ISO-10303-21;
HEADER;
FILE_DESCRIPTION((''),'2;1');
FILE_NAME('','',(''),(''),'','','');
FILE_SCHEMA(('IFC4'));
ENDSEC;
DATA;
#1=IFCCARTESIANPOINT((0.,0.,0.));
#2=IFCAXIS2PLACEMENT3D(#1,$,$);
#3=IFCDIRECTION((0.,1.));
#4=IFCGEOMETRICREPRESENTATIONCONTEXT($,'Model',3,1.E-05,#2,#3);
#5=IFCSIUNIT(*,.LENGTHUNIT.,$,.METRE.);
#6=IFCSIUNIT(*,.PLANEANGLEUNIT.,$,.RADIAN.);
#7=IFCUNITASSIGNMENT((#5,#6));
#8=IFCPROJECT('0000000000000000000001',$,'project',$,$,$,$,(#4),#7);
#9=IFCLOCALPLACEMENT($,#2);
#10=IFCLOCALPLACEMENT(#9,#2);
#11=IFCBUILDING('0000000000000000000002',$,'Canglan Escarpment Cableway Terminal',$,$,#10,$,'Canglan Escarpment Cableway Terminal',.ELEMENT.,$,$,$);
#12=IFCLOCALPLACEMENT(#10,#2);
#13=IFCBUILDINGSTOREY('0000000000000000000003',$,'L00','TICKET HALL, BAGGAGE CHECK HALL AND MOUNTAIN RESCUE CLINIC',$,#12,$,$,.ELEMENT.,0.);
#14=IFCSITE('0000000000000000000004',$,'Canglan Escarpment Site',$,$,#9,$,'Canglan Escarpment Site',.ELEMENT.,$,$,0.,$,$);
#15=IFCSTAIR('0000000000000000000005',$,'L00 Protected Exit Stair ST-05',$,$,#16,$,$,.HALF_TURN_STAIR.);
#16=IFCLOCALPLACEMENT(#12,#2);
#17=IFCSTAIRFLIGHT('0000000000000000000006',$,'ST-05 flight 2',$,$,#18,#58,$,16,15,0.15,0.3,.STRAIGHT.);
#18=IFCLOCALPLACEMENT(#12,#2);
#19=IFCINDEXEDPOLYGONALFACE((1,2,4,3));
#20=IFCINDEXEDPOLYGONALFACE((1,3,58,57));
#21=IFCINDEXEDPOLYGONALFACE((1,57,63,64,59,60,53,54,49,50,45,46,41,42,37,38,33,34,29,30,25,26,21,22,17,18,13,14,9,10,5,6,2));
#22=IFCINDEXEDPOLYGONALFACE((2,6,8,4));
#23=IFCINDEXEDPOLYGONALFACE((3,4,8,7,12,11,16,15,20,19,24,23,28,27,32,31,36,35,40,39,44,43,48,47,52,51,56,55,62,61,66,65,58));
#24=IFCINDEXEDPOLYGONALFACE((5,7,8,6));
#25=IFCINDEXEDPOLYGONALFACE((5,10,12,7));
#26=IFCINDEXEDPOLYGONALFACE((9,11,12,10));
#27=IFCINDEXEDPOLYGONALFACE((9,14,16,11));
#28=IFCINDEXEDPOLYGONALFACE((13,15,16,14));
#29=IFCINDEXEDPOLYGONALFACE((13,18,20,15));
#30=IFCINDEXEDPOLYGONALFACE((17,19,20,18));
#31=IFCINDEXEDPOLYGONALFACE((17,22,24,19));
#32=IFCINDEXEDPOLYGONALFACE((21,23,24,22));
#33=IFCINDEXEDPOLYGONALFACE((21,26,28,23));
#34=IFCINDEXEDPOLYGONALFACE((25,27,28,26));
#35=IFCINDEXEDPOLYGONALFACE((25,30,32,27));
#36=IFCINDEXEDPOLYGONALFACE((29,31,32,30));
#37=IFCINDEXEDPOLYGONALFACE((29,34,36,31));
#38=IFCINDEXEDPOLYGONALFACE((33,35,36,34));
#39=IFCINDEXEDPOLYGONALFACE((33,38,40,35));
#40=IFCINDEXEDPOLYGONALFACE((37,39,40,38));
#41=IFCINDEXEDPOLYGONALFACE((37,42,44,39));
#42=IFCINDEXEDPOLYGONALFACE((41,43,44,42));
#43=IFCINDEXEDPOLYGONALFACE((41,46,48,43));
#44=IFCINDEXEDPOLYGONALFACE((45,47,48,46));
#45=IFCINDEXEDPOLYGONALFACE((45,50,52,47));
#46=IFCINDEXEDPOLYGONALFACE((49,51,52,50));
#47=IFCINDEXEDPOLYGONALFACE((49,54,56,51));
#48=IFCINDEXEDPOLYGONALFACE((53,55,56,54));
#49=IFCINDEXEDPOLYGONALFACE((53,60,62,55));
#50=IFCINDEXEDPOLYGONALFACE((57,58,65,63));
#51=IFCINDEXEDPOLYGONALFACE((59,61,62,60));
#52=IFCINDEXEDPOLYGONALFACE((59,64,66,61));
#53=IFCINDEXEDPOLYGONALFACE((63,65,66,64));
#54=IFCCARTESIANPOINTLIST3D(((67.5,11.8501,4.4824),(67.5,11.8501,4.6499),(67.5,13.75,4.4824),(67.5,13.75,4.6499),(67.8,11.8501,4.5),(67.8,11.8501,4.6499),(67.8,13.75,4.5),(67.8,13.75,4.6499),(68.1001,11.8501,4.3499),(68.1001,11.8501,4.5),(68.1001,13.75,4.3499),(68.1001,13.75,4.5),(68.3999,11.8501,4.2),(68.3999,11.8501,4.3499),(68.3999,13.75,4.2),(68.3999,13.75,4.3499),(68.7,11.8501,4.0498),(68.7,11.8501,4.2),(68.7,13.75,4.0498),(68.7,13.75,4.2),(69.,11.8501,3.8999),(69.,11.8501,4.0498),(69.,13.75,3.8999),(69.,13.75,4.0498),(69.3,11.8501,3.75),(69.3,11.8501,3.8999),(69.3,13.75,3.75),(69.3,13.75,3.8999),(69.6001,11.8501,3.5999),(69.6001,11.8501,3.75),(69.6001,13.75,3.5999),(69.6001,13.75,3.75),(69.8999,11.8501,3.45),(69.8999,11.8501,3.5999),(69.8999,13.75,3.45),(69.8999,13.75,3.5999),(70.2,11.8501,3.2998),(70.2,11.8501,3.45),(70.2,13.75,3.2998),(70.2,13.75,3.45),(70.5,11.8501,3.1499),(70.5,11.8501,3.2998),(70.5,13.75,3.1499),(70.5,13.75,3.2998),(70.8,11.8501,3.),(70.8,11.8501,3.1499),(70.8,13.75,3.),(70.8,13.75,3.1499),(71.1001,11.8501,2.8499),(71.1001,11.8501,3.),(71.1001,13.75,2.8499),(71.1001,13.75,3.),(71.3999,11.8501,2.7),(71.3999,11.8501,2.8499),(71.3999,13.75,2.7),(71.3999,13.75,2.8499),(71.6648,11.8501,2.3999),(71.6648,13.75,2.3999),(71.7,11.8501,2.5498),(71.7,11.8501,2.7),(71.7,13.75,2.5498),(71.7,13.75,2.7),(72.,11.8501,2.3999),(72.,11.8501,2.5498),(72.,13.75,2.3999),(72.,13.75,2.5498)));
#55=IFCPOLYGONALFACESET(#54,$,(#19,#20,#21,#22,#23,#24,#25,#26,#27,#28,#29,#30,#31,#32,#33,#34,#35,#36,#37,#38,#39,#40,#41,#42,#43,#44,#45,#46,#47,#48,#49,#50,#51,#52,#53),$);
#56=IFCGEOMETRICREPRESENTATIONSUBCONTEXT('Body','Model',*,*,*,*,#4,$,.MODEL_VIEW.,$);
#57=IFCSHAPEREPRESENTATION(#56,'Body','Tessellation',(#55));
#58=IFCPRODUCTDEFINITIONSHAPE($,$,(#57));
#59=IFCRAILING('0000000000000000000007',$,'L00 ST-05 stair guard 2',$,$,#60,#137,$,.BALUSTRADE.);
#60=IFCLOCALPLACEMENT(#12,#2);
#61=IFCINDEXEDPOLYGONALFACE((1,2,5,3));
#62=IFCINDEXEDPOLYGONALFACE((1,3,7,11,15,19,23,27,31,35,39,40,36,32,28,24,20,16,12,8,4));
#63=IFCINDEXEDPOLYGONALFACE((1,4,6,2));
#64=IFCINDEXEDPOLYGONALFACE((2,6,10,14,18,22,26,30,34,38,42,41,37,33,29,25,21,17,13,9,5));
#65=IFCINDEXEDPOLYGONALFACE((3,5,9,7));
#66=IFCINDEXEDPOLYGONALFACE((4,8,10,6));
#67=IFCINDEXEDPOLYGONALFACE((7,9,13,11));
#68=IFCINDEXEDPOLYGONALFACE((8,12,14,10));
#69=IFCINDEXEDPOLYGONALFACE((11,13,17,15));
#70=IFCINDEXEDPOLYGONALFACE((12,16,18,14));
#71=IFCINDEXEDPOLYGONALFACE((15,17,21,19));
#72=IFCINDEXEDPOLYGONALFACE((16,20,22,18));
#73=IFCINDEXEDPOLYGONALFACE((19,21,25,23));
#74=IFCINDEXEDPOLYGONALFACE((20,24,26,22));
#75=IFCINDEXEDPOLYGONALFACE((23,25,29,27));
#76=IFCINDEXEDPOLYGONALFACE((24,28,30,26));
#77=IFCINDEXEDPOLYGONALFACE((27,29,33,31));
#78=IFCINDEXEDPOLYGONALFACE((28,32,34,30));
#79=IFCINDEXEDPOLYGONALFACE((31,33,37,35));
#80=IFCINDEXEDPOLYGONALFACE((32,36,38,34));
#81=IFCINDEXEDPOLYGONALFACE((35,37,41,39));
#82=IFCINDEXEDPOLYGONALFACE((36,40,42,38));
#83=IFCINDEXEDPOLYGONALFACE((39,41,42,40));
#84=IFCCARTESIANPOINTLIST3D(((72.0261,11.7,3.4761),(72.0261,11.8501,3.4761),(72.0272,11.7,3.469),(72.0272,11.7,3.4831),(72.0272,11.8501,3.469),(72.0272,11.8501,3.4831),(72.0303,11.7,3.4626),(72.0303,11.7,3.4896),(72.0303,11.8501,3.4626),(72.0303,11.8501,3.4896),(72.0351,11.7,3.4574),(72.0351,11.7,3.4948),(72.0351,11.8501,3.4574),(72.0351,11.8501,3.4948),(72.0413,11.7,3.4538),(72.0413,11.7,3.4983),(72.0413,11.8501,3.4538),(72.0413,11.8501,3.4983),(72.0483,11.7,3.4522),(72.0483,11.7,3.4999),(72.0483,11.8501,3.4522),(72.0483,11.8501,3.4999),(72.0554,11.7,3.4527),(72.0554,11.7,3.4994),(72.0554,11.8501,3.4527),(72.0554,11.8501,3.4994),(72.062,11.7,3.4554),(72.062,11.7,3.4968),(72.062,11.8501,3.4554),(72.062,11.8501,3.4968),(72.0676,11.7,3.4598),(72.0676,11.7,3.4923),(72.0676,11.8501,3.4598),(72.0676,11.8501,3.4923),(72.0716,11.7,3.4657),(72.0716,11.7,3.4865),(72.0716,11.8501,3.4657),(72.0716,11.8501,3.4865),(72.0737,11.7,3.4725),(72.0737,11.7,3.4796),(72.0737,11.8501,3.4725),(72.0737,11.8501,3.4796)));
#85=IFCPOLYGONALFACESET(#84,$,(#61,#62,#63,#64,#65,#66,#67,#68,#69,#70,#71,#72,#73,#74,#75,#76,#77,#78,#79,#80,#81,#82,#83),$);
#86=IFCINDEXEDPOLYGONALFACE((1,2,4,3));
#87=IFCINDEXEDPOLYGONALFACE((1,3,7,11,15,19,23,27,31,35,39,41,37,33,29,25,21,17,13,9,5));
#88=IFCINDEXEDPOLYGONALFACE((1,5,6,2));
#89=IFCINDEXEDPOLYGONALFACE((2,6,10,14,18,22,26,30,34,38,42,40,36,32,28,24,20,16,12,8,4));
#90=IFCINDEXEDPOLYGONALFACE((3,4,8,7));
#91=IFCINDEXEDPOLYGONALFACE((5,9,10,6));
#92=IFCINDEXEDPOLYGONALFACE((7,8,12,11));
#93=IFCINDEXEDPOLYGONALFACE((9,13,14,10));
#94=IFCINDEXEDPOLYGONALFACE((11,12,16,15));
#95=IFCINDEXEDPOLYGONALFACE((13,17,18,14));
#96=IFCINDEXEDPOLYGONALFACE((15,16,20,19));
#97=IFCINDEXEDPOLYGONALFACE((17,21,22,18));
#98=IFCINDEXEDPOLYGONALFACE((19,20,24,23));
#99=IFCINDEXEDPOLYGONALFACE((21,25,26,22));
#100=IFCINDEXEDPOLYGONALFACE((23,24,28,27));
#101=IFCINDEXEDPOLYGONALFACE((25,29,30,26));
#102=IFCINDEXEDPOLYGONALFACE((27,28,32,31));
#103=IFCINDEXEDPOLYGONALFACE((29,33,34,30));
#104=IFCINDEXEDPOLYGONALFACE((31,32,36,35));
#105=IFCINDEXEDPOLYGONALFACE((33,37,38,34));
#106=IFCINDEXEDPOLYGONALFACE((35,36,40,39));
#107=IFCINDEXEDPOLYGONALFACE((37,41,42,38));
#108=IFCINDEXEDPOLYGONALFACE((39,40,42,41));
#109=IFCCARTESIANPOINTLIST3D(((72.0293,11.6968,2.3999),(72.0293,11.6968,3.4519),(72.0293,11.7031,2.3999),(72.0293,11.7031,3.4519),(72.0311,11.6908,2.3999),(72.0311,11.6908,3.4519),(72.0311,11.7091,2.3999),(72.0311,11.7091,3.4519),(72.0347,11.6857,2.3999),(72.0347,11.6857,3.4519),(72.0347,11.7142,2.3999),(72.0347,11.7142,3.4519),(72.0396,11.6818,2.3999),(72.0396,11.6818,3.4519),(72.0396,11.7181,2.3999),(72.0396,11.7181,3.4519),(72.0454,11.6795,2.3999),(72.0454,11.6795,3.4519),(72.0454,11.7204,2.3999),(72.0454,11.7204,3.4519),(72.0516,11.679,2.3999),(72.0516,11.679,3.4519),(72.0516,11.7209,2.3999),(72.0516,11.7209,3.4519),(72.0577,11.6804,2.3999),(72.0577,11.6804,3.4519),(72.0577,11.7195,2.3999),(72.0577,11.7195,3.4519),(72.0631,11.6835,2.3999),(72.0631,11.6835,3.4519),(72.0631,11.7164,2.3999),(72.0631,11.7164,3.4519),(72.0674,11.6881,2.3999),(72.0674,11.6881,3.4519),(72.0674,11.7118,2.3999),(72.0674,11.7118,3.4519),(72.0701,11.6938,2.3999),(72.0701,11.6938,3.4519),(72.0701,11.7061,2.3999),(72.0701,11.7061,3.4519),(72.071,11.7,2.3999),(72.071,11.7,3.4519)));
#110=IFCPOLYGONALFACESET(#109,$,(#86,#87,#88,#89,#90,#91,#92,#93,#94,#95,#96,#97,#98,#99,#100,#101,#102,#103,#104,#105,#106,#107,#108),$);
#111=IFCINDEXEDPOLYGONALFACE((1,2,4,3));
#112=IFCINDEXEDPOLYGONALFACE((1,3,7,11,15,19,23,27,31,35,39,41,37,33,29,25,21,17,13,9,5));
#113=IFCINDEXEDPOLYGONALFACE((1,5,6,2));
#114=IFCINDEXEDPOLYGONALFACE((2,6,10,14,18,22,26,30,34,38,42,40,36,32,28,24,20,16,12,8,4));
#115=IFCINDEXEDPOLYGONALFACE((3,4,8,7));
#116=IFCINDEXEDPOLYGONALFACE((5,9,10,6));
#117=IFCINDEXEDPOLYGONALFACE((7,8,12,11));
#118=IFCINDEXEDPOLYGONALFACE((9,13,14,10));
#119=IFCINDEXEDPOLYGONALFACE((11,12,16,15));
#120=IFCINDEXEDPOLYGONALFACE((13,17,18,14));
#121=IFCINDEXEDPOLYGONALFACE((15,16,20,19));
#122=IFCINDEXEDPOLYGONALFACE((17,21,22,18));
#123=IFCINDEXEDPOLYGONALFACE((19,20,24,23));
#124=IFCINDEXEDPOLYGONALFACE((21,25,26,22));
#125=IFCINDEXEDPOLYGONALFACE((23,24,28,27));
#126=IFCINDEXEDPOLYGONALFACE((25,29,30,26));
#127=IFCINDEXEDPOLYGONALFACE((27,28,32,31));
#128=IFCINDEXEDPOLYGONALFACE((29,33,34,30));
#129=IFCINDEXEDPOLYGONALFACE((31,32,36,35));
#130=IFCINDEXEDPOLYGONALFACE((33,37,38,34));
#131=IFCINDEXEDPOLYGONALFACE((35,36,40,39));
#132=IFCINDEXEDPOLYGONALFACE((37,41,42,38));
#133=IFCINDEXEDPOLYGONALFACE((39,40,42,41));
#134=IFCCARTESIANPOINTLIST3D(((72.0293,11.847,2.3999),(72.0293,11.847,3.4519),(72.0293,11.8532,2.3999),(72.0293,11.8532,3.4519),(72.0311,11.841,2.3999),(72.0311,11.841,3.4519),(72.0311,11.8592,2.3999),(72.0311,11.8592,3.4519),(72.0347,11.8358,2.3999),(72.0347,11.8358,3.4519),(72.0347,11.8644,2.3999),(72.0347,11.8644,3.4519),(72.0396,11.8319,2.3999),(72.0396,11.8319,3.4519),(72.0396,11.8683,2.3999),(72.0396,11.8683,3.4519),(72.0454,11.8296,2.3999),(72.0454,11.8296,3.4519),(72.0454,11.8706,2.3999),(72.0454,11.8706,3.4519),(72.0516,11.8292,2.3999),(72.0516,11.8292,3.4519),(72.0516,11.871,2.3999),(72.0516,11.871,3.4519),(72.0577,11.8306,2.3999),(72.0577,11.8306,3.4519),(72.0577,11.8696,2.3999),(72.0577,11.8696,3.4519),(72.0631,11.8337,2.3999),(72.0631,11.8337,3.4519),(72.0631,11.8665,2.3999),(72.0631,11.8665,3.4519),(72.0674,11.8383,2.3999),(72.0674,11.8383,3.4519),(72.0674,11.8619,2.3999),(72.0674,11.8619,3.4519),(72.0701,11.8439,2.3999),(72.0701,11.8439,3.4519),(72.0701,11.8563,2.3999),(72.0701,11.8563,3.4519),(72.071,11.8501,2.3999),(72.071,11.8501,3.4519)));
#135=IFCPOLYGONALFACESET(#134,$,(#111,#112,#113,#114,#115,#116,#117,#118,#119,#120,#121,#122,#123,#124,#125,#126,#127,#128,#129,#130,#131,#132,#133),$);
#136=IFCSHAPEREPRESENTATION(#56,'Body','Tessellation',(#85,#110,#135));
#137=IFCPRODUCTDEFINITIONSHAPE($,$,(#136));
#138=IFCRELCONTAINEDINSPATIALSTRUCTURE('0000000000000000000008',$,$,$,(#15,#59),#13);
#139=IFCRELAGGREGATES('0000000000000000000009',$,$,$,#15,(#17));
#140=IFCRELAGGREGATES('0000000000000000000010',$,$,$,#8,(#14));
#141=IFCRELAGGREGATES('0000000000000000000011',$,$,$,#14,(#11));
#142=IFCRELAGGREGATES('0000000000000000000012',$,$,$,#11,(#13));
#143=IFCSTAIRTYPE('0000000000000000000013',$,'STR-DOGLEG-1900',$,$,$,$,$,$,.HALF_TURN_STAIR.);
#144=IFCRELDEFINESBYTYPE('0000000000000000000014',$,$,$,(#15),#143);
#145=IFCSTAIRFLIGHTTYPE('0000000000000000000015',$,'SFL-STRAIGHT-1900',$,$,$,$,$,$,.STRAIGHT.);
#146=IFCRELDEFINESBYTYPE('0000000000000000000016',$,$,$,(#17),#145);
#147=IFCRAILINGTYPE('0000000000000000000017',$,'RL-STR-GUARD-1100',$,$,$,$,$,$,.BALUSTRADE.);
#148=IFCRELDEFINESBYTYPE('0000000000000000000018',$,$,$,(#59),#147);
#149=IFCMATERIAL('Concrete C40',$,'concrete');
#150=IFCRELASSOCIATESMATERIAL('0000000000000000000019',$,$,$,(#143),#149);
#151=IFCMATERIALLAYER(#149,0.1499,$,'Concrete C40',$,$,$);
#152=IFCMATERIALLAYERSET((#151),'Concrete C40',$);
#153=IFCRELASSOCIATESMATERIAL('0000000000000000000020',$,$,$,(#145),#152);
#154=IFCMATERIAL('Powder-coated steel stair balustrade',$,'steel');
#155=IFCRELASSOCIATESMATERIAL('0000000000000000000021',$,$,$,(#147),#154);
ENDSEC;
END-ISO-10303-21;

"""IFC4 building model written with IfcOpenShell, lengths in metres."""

from ifc_helpers import new_model, si_unit, direction, frame, origin, origin_2d, place, context, subcontext, project, spatial, polyline, circle, outline, extrude, material, layer, layer_set, type_object, element, aggregate, save


model = new_model("IFC4")

# Units and contexts
model_context = context("Model", 3, precision=1e-05, world=origin(), true_north=direction((0.0, 1.0)))
body_context = subcontext(model_context, "Body", "Model", "MODEL_VIEW")
ifc_project = project(units=[si_unit("LENGTHUNIT", "METRE"), si_unit("PLANEANGLEUNIT", "RADIAN")], contexts=[model_context])

# Site, building, storey
site_placement = place(None, origin())
site = spatial("IfcSite", under=ifc_project, at=site_placement, Name="Canglan Escarpment Site", LongName="Canglan Escarpment Site", CompositionType="ELEMENT", RefElevation=0.0)
building_placement = place(site_placement, origin())
building = spatial("IfcBuilding", under=site, at=building_placement, Name="Canglan Escarpment Cableway Terminal", LongName="Canglan Escarpment Cableway Terminal", CompositionType="ELEMENT")
storey_placement = place(building_placement, origin())
storey = spatial("IfcBuildingStorey", under=building, at=storey_placement, Name="L00", Description="TICKET HALL, BAGGAGE CHECK HALL AND MOUNTAIN RESCUE CLINIC", CompositionType="ELEMENT", Elevation=0.0)

# Shared definitions
ifc_material_1 = material(Name="Concrete C40", Category="concrete")

# Stair, stair flight
stair_type = type_object("IfcStairType", Name="STR-DOGLEG-1900", PredefinedType="HALF_TURN_STAIR", material=ifc_material_1)
stair_placement = place(storey_placement, origin())
stair = element("IfcStair", 1, at=stair_placement, inside=storey, type_object=stair_type, Name="L00 Protected Exit Stair ST-05", PredefinedType="HALF_TURN_STAIR")
ifc_layer_1 = layer(ifc_material_1, 0.1499, Name="Concrete C40")
ifc_layer_set_1 = layer_set([ifc_layer_1], Name="Concrete C40")
stair_flight_type = type_object("IfcStairFlightType", Name="SFL-STRAIGHT-1900", PredefinedType="STRAIGHT", material=ifc_layer_set_1)
stair_flight_placement = place(storey_placement, frame((72.0, 12.8, 2.3999), z_axis=(0.0, 0.0, 1.0), x_axis=(-1.0, 0.0, 0.0)))
stair_flight = element("IfcStairFlight", 2, at=stair_flight_placement, type_object=stair_flight_type, Name="ST-05 flight 2", NumberOfRisers=16, NumberOfTreads=15, PredefinedType="STRAIGHT", RiserHeight=0.15, TreadLength=0.3, context=body_context, shape_type="SweptSolid", body=[
    extrude(outline(polyline([(0.0, 0.0), (0.0, 0.1499), (0.3, 0.1499), (0.3, 0.3), (0.6001, 0.3), (0.6001, 0.45), (0.8999, 0.45), (0.8999, 0.6001), (1.2, 0.6001), (1.2, 0.75), (1.5, 0.75), (1.5, 0.8999), (1.8, 0.8999), (1.8, 1.05), (2.1001, 1.05), (2.1001, 1.2), (2.3999, 1.2), (2.3999, 1.3501), (2.7, 1.3501), (2.7, 1.5), (3.0, 1.5), (3.0, 1.6499), (3.3, 1.6499), (3.3, 1.8), (3.6001, 1.8), (3.6001, 1.95), (3.8999, 1.95), (3.8999, 2.1001), (4.2, 2.1001), (4.2, 2.25), (4.5, 2.25), (4.5, 2.3999), (4.5, 2.0825), (0.3352, 0.0), (0.0, 0.0)])), frame((0.0, 0.95, 0.0), z_axis=(0.0, -1.0, 0.0), x_axis=(1.0, 0.0, 0.0)), (0.0, 0.0, 1.0), 1.8999),
])
aggregate(stair, [stair_flight])

# Railing
ifc_material_2 = material(Name="Powder-coated steel stair balustrade", Category="steel")
railing_type_1 = type_object("IfcRailingType", Name="RL-STR-GUARD-1100", PredefinedType="BALUSTRADE", material=ifc_material_2)
railing_1_placement = place(storey_placement, frame((72.05, 11.7, 2.3999)))
element("IfcRailing", 3, at=railing_1_placement, inside=storey, type_object=railing_type_1, Name="L00 ST-05 stair guard 2", PredefinedType="BALUSTRADE", context=body_context, shape_type="SweptSolid", body=[
    extrude(circle(Radius=0.0239, at=origin_2d()), frame((0.0, 0.0, 1.0762), z_axis=(0.0, 1.0, 0.0), x_axis=(-1.0, 0.0, 0.0)), (0.0, 0.0, 1.0), 0.1501),
    extrude(circle(Radius=0.021, at=origin_2d()), origin(), (0.0, 0.0, 1.0), 1.052),
    extrude(circle(Radius=0.021, at=origin_2d()), frame((0.0, 0.1501, 0.0)), (0.0, 0.0, 1.0), 1.052),
])

save(model, "model.ifc")
